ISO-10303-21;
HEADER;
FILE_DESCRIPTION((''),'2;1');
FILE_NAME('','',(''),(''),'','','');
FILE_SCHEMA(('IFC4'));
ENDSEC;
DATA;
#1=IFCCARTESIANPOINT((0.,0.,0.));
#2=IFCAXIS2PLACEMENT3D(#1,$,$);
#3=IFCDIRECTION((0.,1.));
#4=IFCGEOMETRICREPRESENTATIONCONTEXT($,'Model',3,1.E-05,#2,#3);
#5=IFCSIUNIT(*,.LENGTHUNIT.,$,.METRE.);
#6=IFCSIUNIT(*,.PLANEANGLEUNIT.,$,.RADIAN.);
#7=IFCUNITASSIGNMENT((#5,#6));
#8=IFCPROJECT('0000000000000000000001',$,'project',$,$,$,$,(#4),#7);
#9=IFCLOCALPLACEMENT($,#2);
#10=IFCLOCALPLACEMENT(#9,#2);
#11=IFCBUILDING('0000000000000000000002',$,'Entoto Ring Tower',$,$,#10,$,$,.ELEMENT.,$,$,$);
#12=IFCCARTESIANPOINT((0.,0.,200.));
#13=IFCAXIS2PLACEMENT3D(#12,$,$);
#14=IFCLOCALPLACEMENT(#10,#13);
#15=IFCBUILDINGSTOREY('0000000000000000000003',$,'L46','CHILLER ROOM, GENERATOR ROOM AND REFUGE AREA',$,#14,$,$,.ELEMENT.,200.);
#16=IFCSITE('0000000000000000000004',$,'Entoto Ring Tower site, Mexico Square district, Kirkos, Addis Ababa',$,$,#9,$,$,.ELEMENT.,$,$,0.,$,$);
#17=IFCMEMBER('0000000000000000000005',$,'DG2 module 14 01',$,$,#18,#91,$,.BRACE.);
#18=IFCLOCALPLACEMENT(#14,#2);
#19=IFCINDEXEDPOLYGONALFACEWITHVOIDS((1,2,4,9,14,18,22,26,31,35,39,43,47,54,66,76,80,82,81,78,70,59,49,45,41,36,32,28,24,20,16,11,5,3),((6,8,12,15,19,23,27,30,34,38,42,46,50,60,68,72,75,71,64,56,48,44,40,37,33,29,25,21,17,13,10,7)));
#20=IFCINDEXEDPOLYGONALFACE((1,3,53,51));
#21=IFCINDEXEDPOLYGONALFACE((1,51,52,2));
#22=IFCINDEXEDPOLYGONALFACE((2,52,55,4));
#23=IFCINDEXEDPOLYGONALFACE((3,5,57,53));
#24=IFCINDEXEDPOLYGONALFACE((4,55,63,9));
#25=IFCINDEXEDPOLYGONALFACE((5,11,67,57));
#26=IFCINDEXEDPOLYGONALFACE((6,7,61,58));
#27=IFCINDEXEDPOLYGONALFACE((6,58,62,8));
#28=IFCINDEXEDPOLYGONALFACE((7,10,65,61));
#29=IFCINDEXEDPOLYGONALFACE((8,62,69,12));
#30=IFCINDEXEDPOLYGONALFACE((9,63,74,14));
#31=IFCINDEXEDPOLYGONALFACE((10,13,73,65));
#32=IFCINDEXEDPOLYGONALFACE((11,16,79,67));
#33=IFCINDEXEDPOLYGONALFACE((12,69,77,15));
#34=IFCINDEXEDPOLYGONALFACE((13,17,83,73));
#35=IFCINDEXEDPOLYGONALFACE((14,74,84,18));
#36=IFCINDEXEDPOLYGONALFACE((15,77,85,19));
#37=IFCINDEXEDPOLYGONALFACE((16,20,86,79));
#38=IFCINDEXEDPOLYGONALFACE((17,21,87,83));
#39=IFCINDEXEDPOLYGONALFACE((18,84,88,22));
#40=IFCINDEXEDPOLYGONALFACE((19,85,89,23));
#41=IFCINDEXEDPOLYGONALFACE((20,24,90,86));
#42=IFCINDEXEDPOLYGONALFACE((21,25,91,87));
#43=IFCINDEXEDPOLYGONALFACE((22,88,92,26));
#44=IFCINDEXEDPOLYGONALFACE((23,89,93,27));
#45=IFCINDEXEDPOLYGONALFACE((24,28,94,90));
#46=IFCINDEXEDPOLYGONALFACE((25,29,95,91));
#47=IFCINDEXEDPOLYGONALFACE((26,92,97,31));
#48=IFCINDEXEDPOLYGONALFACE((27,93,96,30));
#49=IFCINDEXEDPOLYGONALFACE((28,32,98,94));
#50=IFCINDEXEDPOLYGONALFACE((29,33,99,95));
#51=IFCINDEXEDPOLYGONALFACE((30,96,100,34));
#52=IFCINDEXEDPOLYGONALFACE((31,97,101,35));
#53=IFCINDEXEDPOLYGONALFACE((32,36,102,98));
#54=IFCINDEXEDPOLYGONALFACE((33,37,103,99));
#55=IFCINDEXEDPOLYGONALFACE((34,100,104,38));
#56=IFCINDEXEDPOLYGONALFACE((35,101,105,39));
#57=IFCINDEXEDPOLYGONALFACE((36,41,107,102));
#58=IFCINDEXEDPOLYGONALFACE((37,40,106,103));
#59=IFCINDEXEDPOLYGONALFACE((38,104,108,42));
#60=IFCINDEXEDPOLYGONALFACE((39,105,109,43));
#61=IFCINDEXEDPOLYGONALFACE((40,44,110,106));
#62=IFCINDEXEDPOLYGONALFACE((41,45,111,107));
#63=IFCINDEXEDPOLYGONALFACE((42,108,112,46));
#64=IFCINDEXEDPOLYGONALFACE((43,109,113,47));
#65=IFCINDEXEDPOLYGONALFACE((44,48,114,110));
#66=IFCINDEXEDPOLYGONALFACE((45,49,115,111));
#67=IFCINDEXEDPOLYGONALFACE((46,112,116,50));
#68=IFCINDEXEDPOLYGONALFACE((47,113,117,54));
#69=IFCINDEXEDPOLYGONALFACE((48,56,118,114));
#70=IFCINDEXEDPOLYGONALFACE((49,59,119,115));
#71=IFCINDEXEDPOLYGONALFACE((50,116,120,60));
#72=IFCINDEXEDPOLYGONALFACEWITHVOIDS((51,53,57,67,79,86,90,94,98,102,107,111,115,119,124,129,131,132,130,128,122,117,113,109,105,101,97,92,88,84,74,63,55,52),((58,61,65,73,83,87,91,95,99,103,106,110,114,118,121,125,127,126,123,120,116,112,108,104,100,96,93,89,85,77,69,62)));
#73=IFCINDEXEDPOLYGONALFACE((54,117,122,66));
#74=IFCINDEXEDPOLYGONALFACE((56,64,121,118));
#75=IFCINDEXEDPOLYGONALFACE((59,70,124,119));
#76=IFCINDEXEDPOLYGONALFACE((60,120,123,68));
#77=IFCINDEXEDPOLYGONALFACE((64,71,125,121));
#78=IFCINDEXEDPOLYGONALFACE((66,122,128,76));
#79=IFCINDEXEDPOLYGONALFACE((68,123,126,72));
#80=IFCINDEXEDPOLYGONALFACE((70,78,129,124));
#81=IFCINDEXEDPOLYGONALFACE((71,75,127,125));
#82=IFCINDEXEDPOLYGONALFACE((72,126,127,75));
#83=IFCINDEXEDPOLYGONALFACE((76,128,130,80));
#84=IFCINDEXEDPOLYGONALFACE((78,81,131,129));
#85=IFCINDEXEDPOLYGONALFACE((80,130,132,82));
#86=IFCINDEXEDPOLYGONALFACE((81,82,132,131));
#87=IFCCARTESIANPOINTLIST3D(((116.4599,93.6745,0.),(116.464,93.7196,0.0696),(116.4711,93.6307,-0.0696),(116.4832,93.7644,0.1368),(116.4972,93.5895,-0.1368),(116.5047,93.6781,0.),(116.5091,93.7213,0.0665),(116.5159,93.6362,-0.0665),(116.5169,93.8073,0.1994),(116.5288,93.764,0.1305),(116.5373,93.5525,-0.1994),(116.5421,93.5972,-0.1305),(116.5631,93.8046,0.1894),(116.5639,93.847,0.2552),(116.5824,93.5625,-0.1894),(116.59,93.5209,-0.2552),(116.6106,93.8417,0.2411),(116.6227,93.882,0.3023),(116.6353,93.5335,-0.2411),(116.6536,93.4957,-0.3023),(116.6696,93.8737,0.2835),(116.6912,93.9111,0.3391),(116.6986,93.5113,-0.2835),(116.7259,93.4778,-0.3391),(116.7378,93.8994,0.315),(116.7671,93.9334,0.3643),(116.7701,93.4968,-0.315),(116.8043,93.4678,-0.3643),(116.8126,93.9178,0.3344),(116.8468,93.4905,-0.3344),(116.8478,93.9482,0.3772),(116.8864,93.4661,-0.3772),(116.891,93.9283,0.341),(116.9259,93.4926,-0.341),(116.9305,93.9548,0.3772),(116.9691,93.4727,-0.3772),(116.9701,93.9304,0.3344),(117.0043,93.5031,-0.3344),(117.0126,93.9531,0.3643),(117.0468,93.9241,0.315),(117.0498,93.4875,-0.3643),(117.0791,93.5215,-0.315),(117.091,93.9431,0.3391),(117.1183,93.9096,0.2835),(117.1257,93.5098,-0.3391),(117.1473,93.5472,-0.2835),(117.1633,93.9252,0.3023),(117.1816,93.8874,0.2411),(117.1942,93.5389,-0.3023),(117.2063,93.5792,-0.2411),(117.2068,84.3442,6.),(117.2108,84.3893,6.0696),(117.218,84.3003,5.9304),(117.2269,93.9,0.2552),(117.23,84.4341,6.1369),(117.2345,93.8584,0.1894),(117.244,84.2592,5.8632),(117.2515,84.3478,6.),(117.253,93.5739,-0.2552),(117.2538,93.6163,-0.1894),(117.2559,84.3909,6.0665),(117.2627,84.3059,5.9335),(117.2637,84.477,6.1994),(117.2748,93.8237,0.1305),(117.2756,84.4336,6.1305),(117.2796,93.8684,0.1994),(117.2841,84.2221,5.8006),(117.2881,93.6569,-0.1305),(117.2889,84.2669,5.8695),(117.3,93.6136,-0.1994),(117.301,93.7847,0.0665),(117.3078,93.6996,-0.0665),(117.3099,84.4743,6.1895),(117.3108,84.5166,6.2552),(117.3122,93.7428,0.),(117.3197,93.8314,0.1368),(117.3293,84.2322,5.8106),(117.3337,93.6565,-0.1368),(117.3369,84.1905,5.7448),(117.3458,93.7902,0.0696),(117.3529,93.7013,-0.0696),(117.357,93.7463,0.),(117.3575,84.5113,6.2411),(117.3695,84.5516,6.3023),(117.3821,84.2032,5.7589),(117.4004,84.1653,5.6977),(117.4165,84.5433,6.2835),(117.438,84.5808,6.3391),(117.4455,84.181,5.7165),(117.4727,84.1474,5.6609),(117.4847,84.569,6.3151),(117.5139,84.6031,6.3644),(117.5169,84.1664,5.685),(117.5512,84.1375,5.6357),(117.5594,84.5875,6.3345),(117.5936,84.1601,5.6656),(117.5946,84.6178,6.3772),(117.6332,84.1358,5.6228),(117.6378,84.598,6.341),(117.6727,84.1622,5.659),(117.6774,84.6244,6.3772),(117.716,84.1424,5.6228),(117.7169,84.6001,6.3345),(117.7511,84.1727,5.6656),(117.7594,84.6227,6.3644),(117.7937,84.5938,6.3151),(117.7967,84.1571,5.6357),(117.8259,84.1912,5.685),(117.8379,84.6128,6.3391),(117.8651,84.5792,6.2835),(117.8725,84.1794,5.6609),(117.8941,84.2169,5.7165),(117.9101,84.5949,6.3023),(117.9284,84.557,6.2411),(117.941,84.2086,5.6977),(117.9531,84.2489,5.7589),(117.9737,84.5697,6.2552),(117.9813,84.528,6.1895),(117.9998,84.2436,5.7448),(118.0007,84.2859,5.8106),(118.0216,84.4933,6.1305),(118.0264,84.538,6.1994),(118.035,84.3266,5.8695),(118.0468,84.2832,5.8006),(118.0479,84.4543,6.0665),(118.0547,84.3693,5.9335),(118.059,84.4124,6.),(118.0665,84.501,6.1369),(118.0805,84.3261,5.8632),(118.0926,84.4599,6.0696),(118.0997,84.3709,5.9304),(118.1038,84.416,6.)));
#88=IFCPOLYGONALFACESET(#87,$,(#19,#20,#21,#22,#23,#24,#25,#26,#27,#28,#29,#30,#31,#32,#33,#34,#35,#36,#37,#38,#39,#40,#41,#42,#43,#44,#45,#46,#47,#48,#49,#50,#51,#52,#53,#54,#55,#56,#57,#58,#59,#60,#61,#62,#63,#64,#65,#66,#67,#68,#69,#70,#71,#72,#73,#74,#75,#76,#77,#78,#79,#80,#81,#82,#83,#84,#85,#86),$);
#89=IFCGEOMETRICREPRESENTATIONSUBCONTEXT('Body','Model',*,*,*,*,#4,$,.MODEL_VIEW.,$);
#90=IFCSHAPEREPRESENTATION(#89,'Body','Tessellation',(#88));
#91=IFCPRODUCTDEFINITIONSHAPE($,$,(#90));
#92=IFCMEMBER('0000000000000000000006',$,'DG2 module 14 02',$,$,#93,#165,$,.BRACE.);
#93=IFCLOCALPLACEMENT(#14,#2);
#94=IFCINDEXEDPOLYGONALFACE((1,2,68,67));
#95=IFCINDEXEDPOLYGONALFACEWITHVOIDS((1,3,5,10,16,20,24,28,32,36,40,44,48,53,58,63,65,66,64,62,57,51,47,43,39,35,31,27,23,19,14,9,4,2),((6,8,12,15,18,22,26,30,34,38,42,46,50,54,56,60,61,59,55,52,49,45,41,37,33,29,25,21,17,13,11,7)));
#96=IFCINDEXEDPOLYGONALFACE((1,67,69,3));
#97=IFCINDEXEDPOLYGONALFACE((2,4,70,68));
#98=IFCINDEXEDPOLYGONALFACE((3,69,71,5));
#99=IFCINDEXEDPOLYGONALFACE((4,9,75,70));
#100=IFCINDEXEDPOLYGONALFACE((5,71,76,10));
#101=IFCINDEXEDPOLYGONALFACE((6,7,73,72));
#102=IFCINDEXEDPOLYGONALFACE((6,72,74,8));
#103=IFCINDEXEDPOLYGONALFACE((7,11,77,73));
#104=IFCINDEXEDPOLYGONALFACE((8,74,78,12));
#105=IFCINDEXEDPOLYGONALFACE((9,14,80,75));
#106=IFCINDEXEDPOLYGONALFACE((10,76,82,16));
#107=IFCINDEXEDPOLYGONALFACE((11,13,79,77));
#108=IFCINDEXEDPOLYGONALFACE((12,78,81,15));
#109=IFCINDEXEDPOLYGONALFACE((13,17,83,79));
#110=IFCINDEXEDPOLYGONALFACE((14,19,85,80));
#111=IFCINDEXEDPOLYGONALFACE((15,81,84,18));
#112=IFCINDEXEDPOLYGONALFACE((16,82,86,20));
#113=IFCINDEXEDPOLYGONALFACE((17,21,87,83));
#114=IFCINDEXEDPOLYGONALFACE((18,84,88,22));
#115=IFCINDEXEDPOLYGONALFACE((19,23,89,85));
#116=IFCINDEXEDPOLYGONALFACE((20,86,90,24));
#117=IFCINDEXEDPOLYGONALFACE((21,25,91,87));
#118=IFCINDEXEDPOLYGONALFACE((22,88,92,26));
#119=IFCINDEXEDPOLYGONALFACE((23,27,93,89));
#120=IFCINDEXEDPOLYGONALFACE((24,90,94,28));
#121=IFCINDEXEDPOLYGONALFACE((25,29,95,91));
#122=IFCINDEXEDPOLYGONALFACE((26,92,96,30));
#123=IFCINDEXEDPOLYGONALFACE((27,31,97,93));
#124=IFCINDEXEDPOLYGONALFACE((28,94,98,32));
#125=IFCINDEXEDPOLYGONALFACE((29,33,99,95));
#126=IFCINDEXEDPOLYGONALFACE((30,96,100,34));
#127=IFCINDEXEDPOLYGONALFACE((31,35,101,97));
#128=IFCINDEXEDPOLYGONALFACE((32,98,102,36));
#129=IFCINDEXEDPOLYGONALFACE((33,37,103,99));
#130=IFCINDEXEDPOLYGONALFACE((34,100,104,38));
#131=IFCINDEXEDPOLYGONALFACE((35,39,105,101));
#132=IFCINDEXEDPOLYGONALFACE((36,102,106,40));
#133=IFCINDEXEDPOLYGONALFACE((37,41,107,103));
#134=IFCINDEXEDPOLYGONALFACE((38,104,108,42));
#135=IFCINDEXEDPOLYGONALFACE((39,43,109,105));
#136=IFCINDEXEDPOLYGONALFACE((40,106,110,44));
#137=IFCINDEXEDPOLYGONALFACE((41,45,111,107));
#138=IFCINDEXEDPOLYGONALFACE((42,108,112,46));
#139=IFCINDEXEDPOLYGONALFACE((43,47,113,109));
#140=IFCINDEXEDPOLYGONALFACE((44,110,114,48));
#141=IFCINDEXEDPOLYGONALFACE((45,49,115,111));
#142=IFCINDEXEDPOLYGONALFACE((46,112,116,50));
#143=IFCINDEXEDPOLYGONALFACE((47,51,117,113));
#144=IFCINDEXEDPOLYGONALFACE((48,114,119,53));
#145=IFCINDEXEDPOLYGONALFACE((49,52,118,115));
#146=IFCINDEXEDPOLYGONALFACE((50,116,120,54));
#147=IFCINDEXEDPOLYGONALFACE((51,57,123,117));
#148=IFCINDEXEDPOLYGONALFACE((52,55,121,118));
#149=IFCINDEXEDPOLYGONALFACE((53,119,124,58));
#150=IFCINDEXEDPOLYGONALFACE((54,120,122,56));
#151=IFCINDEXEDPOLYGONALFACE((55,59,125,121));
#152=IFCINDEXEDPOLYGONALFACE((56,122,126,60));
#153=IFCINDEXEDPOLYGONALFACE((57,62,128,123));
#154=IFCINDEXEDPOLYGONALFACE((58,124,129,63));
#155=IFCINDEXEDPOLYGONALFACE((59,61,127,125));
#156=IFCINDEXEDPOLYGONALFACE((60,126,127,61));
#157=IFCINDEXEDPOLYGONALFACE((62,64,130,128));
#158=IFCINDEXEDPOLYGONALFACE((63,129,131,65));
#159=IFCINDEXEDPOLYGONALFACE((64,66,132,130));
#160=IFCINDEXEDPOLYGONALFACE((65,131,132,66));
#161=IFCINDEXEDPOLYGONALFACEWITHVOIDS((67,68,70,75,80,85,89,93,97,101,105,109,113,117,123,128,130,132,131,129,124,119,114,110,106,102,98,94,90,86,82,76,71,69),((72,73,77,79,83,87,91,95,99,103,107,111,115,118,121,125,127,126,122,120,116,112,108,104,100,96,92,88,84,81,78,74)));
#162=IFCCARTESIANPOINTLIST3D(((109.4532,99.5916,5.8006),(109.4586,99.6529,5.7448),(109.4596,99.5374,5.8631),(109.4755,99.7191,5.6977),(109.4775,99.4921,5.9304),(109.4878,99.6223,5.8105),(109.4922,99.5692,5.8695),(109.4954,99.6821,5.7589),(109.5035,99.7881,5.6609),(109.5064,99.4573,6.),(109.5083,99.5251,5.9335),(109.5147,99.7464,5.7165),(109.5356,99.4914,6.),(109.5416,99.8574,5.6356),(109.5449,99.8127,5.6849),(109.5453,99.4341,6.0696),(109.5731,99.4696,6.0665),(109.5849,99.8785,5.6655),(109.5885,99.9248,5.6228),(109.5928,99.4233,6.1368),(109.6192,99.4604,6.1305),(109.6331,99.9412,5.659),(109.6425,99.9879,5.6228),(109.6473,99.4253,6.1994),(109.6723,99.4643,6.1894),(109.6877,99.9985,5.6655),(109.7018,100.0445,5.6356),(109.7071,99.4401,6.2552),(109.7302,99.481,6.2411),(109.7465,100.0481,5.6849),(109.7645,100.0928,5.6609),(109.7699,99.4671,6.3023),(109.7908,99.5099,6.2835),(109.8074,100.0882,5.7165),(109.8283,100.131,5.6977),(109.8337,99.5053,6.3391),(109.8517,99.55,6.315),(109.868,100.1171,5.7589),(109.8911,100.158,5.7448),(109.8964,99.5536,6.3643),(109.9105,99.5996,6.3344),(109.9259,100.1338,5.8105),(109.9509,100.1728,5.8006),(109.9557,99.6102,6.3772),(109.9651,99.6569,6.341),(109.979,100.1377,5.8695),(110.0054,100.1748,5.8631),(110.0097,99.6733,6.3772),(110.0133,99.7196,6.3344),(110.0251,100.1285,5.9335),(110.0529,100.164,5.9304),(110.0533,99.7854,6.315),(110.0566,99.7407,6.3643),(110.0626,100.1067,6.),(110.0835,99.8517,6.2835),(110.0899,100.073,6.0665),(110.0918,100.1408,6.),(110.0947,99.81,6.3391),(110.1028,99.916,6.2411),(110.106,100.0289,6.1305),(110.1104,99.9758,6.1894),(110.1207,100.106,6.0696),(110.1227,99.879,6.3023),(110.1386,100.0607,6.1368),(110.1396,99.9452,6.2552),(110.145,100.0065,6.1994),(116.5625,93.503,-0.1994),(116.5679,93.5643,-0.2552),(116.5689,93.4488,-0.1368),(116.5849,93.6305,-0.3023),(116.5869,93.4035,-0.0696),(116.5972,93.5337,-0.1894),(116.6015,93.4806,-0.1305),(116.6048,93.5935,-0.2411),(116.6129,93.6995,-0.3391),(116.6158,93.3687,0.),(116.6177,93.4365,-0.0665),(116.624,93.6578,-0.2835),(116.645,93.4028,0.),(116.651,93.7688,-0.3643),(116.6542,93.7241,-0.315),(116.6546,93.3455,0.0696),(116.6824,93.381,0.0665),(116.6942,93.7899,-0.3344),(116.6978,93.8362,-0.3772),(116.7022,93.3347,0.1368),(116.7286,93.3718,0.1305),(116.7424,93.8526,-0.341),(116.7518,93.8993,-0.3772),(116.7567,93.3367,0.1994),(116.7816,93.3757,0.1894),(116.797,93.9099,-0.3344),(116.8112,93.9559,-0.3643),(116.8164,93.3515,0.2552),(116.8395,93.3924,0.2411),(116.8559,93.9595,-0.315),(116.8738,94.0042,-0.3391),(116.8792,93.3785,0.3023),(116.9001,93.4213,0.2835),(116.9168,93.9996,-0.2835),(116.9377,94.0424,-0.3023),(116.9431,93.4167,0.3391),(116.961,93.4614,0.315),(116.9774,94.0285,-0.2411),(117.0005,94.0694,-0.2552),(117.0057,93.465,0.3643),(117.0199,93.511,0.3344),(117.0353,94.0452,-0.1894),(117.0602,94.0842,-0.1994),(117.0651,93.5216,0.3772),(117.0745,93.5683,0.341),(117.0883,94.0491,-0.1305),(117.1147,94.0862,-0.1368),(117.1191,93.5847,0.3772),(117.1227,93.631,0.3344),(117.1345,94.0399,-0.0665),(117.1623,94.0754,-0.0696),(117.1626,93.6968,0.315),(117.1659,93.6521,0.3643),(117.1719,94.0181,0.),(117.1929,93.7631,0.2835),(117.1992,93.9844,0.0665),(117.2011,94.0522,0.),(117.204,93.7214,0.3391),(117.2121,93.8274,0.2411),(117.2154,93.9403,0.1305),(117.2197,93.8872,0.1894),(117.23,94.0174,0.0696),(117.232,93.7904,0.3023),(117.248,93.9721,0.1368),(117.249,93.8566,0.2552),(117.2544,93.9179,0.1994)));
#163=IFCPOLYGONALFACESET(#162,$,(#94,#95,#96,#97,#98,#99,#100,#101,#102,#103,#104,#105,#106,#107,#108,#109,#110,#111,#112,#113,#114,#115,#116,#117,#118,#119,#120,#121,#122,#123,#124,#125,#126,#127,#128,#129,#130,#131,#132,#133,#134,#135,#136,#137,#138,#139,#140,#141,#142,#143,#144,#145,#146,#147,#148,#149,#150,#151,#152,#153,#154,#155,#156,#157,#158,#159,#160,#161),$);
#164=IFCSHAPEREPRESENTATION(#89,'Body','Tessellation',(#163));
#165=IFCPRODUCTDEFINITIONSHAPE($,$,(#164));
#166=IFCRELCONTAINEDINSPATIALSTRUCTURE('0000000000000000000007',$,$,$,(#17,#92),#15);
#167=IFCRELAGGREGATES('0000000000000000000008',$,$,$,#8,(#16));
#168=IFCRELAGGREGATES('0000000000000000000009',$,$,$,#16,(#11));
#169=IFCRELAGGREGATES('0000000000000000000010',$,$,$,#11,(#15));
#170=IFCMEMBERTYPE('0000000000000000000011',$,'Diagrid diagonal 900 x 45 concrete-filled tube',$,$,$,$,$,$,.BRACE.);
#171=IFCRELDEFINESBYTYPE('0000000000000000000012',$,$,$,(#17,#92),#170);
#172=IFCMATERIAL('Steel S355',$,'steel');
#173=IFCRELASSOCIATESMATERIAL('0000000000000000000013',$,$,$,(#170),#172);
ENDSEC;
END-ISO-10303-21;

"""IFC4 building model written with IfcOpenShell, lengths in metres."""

from ifc_helpers import new_model, si_unit, direction, frame, origin, origin_2d, place, context, subcontext, project, spatial, circle, hollow_circle, extrude, material, material_profile, profile_set, type_object, element, save


model = new_model("IFC4")

# Units and contexts
model_context = context("Model", 3, precision=1e-05, world=origin(), true_north=direction((0.0, 1.0)))
body_context = subcontext(model_context, "Body", "Model", "MODEL_VIEW")
ifc_project = project(units=[si_unit("LENGTHUNIT", "METRE"), si_unit("PLANEANGLEUNIT", "RADIAN")], contexts=[model_context])

# Site, building, storey
site_placement = place(None, origin())
site = spatial("IfcSite", under=ifc_project, at=site_placement, Name="Entoto Ring Tower site, Mexico Square district, Kirkos, Addis Ababa", CompositionType="ELEMENT", RefElevation=0.0)
building_placement = place(site_placement, origin())
building = spatial("IfcBuilding", under=site, at=building_placement, Name="Entoto Ring Tower", CompositionType="ELEMENT")
storey_placement = place(building_placement, frame((0.0, 0.0, 200.0)))
storey = spatial("IfcBuildingStorey", under=building, at=storey_placement, Name="L46", Description="CHILLER ROOM, GENERATOR ROOM AND REFUGE AREA", CompositionType="ELEMENT", Elevation=200.0)

# Members
ifc_material_1 = material(Name="Steel S355", Category="steel")
ifc_material_profile_1 = material_profile(ifc_material_1, hollow_circle(Radius=0.45, WallThickness=0.0449, at=origin_2d()), Name="CHS 900 x 45")
ifc_material_2 = material(Name="Concrete C60/75", Category="concrete")
ifc_material_profile_2 = material_profile(ifc_material_2, circle(Radius=0.405, at=origin_2d()), Name="Concrete C60/75 infill")
ifc_profile_set_1 = profile_set([ifc_material_profile_1, ifc_material_profile_2], Name="Steel S355")
member_type_1 = type_object("IfcMemberType", Name="Diagrid diagonal 900 x 45 concrete-filled tube", PredefinedType="BRACE", material=ifc_profile_set_1)
for number, where, z_axis, x_axis, name in (
    (1, (116.9084, 93.7104, 0.0), (0.067172, -0.839199, 0.539659), (0.996812, 0.079788, 0.0), "DG2 module 14 01"),
    (2, (116.9084, 93.7104, 0.0), (-0.639435, 0.547626, 0.539655), (-0.650476, -0.759527, 0.0), "DG2 module 14 02"),
):
    element("IfcMember", number, at=place(storey_placement, frame(where, z_axis=z_axis, x_axis=x_axis)), inside=storey, type_object=member_type_1, Name=name, PredefinedType="BRACE", context=body_context, shape_type="SweptSolid", body=[
        extrude(hollow_circle(Radius=0.45, WallThickness=0.0449, at=origin_2d()), origin(), (0.0, 0.0, 1.0), 11.1182),
    ])

save(model, "model.ifc")
